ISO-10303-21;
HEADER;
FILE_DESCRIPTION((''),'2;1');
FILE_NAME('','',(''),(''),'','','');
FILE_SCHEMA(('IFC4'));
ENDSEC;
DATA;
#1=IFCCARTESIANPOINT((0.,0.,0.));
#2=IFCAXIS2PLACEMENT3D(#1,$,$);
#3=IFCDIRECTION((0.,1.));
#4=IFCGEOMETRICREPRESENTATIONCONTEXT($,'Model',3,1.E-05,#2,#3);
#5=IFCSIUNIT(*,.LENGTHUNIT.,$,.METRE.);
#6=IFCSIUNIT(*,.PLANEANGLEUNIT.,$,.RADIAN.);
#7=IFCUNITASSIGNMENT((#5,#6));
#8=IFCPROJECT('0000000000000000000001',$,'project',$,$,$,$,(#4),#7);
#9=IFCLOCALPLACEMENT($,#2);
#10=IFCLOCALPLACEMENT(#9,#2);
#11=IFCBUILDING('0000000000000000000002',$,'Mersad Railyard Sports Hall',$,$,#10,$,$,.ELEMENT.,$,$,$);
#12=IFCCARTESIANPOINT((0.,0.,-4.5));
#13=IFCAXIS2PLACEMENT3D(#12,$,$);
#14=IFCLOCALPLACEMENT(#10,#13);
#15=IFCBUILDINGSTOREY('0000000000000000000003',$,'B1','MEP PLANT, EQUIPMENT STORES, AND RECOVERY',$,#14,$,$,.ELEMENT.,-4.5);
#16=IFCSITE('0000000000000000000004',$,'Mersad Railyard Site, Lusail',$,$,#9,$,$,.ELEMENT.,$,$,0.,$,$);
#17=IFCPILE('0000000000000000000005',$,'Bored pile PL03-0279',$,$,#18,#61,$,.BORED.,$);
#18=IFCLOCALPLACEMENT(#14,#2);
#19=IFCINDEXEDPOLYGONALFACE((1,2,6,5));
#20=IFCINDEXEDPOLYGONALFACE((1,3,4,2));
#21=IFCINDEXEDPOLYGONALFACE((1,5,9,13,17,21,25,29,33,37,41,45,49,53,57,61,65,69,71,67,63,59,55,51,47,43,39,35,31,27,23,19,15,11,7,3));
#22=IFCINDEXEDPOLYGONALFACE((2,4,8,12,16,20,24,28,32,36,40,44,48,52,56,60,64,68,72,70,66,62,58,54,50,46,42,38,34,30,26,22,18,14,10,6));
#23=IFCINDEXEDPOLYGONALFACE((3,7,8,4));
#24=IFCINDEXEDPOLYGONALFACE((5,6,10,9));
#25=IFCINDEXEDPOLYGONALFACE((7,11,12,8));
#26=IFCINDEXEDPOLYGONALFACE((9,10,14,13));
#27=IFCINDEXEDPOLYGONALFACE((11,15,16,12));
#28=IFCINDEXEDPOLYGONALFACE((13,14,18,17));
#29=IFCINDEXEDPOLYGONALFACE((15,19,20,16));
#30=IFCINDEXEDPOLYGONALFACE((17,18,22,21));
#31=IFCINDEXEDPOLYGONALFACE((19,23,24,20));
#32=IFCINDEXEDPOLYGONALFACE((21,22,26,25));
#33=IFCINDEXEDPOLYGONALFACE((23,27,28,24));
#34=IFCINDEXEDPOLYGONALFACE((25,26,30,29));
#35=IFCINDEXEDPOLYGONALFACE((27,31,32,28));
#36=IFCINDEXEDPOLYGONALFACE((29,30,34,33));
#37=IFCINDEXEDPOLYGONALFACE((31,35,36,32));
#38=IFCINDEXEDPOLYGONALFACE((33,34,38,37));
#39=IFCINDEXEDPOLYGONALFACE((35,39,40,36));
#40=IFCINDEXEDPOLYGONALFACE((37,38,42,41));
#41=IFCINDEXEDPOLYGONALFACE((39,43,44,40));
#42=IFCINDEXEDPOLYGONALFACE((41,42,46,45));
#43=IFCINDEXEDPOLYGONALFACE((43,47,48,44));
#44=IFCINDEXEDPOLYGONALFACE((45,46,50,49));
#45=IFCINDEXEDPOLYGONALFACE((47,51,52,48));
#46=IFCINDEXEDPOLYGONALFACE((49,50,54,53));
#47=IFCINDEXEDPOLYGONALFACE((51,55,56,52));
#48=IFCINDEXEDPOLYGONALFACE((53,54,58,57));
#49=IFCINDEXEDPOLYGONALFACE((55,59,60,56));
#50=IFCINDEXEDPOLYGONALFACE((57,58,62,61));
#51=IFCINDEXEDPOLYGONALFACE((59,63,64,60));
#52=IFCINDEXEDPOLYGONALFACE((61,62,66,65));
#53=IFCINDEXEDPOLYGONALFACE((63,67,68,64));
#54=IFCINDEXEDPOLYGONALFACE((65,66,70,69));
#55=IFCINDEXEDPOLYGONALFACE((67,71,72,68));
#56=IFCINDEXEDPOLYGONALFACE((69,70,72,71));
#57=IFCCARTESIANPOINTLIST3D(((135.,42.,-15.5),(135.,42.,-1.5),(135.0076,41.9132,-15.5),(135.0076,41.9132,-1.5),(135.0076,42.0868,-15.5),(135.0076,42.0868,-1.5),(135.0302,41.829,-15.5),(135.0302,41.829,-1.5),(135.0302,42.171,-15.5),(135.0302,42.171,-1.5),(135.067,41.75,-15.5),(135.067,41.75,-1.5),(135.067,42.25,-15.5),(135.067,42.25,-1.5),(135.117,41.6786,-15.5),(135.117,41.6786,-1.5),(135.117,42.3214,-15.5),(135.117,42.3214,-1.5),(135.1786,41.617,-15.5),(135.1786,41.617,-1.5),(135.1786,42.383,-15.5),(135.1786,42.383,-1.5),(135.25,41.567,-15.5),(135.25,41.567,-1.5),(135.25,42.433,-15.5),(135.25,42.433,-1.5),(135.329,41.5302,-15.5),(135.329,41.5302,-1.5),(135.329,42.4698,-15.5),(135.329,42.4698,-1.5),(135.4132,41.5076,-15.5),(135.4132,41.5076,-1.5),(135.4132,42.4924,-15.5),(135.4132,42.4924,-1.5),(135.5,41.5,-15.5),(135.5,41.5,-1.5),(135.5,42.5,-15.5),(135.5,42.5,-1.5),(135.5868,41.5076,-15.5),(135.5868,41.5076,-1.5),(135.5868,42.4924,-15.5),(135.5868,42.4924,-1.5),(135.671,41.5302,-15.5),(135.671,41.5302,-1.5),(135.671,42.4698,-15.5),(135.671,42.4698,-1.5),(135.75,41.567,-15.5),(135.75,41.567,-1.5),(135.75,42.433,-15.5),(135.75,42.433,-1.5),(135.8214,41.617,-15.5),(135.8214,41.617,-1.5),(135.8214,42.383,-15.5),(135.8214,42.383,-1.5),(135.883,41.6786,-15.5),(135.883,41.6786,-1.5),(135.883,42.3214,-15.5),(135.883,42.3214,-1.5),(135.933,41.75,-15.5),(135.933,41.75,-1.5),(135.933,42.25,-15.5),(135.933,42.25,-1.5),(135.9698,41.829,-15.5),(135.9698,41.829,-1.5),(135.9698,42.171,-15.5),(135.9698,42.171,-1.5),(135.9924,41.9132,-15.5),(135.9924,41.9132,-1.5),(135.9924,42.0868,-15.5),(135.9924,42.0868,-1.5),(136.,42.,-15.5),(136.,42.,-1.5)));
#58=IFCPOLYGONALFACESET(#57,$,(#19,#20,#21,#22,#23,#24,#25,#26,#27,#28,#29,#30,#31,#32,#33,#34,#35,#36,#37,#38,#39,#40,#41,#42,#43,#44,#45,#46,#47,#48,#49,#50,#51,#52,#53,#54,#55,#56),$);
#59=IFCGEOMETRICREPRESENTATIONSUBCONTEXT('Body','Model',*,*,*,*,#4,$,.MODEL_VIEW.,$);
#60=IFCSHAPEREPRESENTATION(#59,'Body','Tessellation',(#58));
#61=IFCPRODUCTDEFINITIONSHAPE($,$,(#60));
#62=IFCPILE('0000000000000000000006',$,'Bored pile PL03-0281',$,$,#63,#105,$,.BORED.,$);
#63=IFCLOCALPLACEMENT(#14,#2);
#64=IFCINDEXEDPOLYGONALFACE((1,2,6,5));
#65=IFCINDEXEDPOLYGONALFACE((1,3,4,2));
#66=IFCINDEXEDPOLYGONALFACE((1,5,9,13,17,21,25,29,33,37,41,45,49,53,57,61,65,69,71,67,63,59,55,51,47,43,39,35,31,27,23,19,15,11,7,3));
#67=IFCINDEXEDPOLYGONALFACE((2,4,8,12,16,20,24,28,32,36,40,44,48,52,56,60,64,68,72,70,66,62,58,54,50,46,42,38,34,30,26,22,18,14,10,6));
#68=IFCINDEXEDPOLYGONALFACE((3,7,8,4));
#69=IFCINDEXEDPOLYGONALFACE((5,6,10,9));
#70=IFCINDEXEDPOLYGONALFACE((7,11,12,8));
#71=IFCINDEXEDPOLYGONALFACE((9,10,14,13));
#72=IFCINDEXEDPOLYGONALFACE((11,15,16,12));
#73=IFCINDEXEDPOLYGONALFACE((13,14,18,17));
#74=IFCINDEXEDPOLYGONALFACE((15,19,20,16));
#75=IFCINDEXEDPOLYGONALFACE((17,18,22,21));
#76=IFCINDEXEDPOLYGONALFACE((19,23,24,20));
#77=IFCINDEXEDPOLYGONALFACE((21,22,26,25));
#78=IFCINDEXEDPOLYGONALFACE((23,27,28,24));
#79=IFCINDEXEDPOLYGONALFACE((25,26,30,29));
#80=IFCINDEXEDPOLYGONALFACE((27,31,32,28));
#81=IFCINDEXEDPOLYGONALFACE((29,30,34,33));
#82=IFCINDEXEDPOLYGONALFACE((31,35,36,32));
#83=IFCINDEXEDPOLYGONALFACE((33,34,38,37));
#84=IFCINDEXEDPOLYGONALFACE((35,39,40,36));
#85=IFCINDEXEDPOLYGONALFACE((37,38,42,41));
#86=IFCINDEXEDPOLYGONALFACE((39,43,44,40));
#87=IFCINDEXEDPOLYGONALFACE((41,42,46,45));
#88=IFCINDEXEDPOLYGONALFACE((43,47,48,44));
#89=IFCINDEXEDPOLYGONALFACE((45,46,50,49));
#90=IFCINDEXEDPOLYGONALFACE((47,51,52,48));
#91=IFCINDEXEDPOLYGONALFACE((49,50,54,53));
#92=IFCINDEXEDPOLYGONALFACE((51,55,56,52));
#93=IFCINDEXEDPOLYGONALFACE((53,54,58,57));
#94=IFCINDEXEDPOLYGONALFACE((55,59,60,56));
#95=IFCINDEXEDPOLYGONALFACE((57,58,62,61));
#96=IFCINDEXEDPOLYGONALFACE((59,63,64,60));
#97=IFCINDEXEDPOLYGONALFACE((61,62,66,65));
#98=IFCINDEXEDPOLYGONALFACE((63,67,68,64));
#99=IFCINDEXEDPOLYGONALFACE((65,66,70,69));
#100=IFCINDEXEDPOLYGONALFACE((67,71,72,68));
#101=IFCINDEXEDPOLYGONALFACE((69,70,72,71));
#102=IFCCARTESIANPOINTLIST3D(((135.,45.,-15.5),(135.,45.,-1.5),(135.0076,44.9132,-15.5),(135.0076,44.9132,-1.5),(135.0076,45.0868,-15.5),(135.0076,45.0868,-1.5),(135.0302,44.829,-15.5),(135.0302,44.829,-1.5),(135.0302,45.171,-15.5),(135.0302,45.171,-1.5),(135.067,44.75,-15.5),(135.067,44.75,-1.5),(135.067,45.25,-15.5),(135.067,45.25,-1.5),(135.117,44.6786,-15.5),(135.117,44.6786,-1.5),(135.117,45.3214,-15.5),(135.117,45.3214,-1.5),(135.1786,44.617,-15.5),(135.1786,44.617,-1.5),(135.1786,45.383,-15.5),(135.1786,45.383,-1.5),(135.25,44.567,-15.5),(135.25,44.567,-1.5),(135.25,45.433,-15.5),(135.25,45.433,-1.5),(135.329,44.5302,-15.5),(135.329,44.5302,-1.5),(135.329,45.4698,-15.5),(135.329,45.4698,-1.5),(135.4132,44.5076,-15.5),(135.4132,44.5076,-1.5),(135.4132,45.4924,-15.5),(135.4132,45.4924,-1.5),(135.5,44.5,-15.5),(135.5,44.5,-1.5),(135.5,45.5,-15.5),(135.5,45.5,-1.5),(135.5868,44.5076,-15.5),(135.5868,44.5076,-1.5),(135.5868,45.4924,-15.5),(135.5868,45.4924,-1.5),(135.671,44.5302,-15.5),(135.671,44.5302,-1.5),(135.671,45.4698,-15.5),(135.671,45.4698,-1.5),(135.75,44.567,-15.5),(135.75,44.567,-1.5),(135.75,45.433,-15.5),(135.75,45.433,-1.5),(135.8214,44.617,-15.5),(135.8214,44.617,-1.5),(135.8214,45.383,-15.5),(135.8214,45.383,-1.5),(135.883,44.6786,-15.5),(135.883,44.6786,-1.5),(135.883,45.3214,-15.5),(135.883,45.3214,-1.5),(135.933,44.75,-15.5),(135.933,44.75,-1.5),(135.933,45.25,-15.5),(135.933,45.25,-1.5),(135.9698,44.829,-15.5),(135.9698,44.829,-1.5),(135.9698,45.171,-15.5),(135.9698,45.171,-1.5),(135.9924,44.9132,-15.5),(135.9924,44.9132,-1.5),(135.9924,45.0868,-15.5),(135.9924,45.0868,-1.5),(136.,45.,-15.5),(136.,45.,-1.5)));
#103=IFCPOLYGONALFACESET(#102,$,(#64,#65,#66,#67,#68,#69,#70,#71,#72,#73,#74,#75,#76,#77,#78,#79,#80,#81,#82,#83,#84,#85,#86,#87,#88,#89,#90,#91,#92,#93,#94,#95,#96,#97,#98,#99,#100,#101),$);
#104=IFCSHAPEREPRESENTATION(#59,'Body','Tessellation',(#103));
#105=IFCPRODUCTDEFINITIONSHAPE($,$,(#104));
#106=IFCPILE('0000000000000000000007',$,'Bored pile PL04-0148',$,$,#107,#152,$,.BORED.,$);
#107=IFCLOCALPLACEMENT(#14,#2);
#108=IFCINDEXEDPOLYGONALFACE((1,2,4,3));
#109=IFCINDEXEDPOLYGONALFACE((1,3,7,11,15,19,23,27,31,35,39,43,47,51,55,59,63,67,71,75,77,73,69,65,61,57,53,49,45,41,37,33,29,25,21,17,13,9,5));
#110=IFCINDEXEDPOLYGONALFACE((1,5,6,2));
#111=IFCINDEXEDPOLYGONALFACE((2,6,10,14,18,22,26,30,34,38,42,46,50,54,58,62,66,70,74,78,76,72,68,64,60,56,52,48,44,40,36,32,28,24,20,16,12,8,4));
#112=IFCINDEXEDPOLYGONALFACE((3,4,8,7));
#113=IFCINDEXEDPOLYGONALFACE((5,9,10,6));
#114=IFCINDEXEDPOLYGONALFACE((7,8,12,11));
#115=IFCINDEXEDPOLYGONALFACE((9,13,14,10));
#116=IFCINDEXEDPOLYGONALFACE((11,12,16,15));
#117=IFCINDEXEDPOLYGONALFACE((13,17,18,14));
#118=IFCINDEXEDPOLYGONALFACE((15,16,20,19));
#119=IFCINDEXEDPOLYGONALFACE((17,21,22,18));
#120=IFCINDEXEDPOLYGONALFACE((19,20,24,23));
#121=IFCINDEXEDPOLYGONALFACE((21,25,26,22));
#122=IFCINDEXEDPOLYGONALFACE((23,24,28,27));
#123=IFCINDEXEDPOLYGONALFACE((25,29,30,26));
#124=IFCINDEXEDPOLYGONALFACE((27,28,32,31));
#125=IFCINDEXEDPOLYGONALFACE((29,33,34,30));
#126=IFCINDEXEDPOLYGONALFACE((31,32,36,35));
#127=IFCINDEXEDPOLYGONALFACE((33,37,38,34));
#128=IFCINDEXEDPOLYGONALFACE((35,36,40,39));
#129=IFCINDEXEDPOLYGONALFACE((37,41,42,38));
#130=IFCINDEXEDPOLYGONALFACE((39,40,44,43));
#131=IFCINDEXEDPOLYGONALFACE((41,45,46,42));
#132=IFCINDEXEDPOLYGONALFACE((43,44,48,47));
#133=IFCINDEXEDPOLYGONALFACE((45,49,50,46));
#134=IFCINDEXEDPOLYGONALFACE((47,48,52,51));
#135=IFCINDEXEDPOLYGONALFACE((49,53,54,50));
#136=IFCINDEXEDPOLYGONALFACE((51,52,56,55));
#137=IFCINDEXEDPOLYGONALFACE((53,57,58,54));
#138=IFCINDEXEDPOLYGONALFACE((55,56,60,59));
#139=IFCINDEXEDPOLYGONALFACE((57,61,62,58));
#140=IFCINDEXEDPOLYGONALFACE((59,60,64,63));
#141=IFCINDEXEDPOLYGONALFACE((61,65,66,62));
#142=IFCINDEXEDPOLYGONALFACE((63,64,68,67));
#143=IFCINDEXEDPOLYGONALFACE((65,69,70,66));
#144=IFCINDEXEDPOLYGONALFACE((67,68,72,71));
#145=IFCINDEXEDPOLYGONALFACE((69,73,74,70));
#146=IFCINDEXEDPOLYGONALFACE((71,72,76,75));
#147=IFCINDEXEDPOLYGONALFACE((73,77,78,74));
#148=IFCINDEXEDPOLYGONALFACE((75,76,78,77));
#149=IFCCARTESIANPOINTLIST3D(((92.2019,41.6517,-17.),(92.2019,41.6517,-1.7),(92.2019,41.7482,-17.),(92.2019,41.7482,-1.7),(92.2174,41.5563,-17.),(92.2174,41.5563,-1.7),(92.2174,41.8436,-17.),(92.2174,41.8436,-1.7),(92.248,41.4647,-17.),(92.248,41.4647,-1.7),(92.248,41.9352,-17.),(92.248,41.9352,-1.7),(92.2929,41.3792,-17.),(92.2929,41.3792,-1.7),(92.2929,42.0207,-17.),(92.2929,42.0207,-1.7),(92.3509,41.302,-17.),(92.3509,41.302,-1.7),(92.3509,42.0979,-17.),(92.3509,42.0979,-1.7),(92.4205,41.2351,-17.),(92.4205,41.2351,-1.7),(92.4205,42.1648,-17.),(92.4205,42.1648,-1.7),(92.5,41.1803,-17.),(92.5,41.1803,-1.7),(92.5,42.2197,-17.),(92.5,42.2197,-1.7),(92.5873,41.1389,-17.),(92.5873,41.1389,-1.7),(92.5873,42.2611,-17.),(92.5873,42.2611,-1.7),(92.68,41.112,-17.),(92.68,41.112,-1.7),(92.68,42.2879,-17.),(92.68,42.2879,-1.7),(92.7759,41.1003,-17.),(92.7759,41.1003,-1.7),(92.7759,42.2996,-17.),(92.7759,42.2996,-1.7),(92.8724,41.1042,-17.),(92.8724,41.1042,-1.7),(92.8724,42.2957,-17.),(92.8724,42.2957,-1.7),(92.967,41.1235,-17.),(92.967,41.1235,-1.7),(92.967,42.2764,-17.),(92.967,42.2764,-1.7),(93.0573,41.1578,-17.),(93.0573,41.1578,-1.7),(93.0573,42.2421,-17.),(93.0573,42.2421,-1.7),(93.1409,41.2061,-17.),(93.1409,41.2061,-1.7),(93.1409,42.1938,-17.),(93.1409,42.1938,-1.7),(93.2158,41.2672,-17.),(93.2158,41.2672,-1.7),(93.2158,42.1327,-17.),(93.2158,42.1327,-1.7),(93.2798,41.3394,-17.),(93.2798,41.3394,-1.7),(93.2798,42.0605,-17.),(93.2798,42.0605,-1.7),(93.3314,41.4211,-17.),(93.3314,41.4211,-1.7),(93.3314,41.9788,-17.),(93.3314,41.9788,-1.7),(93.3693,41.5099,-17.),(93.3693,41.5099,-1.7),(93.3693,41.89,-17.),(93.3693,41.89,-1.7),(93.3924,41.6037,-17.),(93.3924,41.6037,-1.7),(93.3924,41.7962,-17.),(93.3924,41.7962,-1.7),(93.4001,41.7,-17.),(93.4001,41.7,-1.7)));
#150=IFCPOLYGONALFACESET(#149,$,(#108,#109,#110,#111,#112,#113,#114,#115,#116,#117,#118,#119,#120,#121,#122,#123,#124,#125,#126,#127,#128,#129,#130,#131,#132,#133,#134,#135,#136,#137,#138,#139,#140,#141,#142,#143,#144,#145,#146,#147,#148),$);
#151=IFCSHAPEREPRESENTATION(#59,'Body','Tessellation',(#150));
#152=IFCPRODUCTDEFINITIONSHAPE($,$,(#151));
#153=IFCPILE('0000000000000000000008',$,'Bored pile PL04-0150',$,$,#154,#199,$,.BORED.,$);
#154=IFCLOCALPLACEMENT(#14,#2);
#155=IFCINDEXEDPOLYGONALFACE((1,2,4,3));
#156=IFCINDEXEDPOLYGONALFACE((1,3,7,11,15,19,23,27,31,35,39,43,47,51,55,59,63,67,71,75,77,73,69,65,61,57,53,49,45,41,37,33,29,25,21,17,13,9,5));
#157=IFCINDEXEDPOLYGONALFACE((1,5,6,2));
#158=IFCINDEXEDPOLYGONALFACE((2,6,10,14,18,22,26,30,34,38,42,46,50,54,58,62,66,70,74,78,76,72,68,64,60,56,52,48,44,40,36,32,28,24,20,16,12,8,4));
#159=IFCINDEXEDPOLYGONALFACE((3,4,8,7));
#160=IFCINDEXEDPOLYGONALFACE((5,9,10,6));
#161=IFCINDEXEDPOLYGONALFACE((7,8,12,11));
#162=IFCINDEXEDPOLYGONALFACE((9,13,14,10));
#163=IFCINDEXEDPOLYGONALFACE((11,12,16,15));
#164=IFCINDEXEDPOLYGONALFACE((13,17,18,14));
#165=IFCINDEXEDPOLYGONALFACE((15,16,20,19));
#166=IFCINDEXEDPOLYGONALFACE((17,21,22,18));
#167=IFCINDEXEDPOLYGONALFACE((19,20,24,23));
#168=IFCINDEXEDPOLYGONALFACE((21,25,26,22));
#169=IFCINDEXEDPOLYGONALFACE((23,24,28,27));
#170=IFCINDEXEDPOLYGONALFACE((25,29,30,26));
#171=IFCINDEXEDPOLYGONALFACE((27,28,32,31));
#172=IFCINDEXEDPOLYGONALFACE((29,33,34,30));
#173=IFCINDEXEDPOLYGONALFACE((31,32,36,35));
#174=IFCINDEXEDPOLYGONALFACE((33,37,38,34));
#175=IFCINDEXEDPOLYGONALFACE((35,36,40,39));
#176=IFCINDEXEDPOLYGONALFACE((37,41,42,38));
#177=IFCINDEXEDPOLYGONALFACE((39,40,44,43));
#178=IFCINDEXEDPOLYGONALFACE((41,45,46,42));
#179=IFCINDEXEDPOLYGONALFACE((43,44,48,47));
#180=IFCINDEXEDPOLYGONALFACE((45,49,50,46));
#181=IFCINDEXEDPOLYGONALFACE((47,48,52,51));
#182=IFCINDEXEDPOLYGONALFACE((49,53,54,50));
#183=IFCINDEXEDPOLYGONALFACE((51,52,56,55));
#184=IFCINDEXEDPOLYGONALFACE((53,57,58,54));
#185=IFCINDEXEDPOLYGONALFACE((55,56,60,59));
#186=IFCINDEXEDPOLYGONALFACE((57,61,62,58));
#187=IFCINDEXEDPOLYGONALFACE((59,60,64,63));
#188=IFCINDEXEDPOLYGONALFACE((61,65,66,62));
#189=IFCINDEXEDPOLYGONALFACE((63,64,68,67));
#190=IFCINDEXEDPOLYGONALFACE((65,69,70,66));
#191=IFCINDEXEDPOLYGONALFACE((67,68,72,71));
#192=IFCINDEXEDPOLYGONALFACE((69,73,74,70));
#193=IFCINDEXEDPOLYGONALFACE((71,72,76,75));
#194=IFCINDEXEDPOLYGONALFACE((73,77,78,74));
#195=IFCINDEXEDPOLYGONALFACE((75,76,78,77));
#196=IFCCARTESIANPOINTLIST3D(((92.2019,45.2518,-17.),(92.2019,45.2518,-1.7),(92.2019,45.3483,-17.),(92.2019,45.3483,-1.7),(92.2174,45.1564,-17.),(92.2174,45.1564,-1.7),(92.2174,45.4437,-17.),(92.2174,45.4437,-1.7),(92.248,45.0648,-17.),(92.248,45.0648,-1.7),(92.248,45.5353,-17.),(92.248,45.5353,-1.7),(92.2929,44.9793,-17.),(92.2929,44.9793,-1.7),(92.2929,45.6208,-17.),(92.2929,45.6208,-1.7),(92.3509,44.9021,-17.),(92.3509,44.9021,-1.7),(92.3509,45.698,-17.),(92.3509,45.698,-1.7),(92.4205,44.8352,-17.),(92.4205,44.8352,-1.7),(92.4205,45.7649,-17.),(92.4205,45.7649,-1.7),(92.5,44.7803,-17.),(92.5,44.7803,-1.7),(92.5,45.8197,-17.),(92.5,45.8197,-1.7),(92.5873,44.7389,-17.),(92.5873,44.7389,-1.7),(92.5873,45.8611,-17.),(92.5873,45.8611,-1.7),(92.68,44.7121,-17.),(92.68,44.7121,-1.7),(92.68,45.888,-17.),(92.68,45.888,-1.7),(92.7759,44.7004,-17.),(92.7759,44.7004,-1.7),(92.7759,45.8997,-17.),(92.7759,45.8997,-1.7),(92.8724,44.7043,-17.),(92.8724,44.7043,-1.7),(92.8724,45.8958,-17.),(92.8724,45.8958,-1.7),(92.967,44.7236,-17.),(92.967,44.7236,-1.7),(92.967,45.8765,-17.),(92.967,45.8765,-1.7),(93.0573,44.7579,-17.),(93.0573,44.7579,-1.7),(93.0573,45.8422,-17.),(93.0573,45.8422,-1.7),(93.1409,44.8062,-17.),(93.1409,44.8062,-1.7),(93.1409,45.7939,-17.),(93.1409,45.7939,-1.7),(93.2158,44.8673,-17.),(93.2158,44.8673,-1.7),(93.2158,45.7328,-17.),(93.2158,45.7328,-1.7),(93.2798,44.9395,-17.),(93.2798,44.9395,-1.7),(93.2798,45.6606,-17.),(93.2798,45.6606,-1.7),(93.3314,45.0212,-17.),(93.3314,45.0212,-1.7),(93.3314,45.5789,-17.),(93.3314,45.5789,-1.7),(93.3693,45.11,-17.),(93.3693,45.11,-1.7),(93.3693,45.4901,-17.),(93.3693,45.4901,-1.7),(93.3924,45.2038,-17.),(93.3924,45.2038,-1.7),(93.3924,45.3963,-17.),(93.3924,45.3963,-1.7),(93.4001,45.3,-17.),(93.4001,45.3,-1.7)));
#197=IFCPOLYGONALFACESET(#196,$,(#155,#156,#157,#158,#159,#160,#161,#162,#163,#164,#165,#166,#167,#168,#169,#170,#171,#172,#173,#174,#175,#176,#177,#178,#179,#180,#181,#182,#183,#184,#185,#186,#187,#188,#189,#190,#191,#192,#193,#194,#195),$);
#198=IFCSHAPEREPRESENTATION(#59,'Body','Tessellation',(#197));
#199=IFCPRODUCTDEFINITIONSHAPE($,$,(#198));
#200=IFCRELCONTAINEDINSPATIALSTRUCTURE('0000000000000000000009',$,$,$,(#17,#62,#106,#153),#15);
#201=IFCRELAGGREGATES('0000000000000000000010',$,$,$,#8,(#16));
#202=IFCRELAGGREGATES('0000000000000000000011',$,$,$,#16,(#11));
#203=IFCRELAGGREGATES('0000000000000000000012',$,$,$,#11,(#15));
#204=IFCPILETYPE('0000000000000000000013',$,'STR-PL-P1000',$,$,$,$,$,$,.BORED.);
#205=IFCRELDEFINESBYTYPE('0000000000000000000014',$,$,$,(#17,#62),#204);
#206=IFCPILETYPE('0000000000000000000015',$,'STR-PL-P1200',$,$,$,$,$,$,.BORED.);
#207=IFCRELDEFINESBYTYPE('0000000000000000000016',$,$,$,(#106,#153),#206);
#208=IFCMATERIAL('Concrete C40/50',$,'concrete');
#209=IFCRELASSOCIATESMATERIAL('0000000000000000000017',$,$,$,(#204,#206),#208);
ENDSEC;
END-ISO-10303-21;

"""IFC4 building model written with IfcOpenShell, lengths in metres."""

from ifc_helpers import new_model, si_unit, direction, frame, origin, origin_2d, place, context, subcontext, project, spatial, circle, extrude, material, material_profile, profile_set, type_object, element, save


model = new_model("IFC4")

# Units and contexts
model_context = context("Model", 3, precision=1e-05, world=origin(), true_north=direction((0.0, 1.0)))
body_context = subcontext(model_context, "Body", "Model", "MODEL_VIEW")
ifc_project = project(units=[si_unit("LENGTHUNIT", "METRE"), si_unit("PLANEANGLEUNIT", "RADIAN")], contexts=[model_context])

# Site, building, storey
site_placement = place(None, origin())
site = spatial("IfcSite", under=ifc_project, at=site_placement, Name="Mersad Railyard Site, Lusail", CompositionType="ELEMENT", RefElevation=0.0)
building_placement = place(site_placement, origin())
building = spatial("IfcBuilding", under=site, at=building_placement, Name="Mersad Railyard Sports Hall", CompositionType="ELEMENT")
storey_placement = place(building_placement, frame((0.0, 0.0, -4.5)))
storey = spatial("IfcBuildingStorey", under=building, at=storey_placement, Name="B1", Description="MEP PLANT, EQUIPMENT STORES, AND RECOVERY", CompositionType="ELEMENT", Elevation=-4.5)

# Shared definitions
ifc_material_1 = material(Name="Concrete C40/50", Category="concrete")

# Piles
ifc_material_profile_1 = material_profile(ifc_material_1, circle(Radius=0.5, at=origin_2d()), Name="BORED PILE D1000")
ifc_profile_set_1 = profile_set([ifc_material_profile_1], Name="Concrete C40/50")
pile_type_1 = type_object("IfcPileType", Name="STR-PL-P1000", PredefinedType="BORED", material=ifc_profile_set_1)
for number, where, z_axis, x_axis, name in (
    (1, (135.5, 42.0, -1.5), (0.0, 0.0, -1.0), (1.0, 0.0, 0.0), "Bored pile PL03-0279"),
    (2, (135.5, 45.0, -1.5), (0.0, 0.0, -1.0), (1.0, 0.0, 0.0), "Bored pile PL03-0281"),
):
    element("IfcPile", number, at=place(storey_placement, frame(where, z_axis=z_axis, x_axis=x_axis)), inside=storey, type_object=pile_type_1, Name=name, PredefinedType="BORED", context=body_context, shape_type="SweptSolid", body=[
        extrude(circle(Radius=0.5, at=origin_2d()), origin(), (0.0, 0.0, 1.0), 14.0),
    ])
ifc_material_profile_2 = material_profile(ifc_material_1, circle(Radius=0.6001, at=origin_2d()), Name="BORED PILE D1200")
ifc_profile_set_2 = profile_set([ifc_material_profile_2], Name="Concrete C40/50")
pile_type_2 = type_object("IfcPileType", Name="STR-PL-P1200", PredefinedType="BORED", material=ifc_profile_set_2)
for number, where, z_axis, x_axis, name in (
    (3, (92.8, 41.7, -1.7), (0.0, 0.0, -1.0), (1.0, 0.0, 0.0), "Bored pile PL04-0148"),
    (4, (92.8, 45.3, -1.7), (0.0, 0.0, -1.0), (1.0, 0.0, 0.0), "Bored pile PL04-0150"),
):
    element("IfcPile", number, at=place(storey_placement, frame(where, z_axis=z_axis, x_axis=x_axis)), inside=storey, type_object=pile_type_2, Name=name, PredefinedType="BORED", context=body_context, shape_type="SweptSolid", body=[
        extrude(circle(Radius=0.6001, at=origin_2d()), origin(), (0.0, 0.0, 1.0), 15.3),
    ])

save(model, "model.ifc")
